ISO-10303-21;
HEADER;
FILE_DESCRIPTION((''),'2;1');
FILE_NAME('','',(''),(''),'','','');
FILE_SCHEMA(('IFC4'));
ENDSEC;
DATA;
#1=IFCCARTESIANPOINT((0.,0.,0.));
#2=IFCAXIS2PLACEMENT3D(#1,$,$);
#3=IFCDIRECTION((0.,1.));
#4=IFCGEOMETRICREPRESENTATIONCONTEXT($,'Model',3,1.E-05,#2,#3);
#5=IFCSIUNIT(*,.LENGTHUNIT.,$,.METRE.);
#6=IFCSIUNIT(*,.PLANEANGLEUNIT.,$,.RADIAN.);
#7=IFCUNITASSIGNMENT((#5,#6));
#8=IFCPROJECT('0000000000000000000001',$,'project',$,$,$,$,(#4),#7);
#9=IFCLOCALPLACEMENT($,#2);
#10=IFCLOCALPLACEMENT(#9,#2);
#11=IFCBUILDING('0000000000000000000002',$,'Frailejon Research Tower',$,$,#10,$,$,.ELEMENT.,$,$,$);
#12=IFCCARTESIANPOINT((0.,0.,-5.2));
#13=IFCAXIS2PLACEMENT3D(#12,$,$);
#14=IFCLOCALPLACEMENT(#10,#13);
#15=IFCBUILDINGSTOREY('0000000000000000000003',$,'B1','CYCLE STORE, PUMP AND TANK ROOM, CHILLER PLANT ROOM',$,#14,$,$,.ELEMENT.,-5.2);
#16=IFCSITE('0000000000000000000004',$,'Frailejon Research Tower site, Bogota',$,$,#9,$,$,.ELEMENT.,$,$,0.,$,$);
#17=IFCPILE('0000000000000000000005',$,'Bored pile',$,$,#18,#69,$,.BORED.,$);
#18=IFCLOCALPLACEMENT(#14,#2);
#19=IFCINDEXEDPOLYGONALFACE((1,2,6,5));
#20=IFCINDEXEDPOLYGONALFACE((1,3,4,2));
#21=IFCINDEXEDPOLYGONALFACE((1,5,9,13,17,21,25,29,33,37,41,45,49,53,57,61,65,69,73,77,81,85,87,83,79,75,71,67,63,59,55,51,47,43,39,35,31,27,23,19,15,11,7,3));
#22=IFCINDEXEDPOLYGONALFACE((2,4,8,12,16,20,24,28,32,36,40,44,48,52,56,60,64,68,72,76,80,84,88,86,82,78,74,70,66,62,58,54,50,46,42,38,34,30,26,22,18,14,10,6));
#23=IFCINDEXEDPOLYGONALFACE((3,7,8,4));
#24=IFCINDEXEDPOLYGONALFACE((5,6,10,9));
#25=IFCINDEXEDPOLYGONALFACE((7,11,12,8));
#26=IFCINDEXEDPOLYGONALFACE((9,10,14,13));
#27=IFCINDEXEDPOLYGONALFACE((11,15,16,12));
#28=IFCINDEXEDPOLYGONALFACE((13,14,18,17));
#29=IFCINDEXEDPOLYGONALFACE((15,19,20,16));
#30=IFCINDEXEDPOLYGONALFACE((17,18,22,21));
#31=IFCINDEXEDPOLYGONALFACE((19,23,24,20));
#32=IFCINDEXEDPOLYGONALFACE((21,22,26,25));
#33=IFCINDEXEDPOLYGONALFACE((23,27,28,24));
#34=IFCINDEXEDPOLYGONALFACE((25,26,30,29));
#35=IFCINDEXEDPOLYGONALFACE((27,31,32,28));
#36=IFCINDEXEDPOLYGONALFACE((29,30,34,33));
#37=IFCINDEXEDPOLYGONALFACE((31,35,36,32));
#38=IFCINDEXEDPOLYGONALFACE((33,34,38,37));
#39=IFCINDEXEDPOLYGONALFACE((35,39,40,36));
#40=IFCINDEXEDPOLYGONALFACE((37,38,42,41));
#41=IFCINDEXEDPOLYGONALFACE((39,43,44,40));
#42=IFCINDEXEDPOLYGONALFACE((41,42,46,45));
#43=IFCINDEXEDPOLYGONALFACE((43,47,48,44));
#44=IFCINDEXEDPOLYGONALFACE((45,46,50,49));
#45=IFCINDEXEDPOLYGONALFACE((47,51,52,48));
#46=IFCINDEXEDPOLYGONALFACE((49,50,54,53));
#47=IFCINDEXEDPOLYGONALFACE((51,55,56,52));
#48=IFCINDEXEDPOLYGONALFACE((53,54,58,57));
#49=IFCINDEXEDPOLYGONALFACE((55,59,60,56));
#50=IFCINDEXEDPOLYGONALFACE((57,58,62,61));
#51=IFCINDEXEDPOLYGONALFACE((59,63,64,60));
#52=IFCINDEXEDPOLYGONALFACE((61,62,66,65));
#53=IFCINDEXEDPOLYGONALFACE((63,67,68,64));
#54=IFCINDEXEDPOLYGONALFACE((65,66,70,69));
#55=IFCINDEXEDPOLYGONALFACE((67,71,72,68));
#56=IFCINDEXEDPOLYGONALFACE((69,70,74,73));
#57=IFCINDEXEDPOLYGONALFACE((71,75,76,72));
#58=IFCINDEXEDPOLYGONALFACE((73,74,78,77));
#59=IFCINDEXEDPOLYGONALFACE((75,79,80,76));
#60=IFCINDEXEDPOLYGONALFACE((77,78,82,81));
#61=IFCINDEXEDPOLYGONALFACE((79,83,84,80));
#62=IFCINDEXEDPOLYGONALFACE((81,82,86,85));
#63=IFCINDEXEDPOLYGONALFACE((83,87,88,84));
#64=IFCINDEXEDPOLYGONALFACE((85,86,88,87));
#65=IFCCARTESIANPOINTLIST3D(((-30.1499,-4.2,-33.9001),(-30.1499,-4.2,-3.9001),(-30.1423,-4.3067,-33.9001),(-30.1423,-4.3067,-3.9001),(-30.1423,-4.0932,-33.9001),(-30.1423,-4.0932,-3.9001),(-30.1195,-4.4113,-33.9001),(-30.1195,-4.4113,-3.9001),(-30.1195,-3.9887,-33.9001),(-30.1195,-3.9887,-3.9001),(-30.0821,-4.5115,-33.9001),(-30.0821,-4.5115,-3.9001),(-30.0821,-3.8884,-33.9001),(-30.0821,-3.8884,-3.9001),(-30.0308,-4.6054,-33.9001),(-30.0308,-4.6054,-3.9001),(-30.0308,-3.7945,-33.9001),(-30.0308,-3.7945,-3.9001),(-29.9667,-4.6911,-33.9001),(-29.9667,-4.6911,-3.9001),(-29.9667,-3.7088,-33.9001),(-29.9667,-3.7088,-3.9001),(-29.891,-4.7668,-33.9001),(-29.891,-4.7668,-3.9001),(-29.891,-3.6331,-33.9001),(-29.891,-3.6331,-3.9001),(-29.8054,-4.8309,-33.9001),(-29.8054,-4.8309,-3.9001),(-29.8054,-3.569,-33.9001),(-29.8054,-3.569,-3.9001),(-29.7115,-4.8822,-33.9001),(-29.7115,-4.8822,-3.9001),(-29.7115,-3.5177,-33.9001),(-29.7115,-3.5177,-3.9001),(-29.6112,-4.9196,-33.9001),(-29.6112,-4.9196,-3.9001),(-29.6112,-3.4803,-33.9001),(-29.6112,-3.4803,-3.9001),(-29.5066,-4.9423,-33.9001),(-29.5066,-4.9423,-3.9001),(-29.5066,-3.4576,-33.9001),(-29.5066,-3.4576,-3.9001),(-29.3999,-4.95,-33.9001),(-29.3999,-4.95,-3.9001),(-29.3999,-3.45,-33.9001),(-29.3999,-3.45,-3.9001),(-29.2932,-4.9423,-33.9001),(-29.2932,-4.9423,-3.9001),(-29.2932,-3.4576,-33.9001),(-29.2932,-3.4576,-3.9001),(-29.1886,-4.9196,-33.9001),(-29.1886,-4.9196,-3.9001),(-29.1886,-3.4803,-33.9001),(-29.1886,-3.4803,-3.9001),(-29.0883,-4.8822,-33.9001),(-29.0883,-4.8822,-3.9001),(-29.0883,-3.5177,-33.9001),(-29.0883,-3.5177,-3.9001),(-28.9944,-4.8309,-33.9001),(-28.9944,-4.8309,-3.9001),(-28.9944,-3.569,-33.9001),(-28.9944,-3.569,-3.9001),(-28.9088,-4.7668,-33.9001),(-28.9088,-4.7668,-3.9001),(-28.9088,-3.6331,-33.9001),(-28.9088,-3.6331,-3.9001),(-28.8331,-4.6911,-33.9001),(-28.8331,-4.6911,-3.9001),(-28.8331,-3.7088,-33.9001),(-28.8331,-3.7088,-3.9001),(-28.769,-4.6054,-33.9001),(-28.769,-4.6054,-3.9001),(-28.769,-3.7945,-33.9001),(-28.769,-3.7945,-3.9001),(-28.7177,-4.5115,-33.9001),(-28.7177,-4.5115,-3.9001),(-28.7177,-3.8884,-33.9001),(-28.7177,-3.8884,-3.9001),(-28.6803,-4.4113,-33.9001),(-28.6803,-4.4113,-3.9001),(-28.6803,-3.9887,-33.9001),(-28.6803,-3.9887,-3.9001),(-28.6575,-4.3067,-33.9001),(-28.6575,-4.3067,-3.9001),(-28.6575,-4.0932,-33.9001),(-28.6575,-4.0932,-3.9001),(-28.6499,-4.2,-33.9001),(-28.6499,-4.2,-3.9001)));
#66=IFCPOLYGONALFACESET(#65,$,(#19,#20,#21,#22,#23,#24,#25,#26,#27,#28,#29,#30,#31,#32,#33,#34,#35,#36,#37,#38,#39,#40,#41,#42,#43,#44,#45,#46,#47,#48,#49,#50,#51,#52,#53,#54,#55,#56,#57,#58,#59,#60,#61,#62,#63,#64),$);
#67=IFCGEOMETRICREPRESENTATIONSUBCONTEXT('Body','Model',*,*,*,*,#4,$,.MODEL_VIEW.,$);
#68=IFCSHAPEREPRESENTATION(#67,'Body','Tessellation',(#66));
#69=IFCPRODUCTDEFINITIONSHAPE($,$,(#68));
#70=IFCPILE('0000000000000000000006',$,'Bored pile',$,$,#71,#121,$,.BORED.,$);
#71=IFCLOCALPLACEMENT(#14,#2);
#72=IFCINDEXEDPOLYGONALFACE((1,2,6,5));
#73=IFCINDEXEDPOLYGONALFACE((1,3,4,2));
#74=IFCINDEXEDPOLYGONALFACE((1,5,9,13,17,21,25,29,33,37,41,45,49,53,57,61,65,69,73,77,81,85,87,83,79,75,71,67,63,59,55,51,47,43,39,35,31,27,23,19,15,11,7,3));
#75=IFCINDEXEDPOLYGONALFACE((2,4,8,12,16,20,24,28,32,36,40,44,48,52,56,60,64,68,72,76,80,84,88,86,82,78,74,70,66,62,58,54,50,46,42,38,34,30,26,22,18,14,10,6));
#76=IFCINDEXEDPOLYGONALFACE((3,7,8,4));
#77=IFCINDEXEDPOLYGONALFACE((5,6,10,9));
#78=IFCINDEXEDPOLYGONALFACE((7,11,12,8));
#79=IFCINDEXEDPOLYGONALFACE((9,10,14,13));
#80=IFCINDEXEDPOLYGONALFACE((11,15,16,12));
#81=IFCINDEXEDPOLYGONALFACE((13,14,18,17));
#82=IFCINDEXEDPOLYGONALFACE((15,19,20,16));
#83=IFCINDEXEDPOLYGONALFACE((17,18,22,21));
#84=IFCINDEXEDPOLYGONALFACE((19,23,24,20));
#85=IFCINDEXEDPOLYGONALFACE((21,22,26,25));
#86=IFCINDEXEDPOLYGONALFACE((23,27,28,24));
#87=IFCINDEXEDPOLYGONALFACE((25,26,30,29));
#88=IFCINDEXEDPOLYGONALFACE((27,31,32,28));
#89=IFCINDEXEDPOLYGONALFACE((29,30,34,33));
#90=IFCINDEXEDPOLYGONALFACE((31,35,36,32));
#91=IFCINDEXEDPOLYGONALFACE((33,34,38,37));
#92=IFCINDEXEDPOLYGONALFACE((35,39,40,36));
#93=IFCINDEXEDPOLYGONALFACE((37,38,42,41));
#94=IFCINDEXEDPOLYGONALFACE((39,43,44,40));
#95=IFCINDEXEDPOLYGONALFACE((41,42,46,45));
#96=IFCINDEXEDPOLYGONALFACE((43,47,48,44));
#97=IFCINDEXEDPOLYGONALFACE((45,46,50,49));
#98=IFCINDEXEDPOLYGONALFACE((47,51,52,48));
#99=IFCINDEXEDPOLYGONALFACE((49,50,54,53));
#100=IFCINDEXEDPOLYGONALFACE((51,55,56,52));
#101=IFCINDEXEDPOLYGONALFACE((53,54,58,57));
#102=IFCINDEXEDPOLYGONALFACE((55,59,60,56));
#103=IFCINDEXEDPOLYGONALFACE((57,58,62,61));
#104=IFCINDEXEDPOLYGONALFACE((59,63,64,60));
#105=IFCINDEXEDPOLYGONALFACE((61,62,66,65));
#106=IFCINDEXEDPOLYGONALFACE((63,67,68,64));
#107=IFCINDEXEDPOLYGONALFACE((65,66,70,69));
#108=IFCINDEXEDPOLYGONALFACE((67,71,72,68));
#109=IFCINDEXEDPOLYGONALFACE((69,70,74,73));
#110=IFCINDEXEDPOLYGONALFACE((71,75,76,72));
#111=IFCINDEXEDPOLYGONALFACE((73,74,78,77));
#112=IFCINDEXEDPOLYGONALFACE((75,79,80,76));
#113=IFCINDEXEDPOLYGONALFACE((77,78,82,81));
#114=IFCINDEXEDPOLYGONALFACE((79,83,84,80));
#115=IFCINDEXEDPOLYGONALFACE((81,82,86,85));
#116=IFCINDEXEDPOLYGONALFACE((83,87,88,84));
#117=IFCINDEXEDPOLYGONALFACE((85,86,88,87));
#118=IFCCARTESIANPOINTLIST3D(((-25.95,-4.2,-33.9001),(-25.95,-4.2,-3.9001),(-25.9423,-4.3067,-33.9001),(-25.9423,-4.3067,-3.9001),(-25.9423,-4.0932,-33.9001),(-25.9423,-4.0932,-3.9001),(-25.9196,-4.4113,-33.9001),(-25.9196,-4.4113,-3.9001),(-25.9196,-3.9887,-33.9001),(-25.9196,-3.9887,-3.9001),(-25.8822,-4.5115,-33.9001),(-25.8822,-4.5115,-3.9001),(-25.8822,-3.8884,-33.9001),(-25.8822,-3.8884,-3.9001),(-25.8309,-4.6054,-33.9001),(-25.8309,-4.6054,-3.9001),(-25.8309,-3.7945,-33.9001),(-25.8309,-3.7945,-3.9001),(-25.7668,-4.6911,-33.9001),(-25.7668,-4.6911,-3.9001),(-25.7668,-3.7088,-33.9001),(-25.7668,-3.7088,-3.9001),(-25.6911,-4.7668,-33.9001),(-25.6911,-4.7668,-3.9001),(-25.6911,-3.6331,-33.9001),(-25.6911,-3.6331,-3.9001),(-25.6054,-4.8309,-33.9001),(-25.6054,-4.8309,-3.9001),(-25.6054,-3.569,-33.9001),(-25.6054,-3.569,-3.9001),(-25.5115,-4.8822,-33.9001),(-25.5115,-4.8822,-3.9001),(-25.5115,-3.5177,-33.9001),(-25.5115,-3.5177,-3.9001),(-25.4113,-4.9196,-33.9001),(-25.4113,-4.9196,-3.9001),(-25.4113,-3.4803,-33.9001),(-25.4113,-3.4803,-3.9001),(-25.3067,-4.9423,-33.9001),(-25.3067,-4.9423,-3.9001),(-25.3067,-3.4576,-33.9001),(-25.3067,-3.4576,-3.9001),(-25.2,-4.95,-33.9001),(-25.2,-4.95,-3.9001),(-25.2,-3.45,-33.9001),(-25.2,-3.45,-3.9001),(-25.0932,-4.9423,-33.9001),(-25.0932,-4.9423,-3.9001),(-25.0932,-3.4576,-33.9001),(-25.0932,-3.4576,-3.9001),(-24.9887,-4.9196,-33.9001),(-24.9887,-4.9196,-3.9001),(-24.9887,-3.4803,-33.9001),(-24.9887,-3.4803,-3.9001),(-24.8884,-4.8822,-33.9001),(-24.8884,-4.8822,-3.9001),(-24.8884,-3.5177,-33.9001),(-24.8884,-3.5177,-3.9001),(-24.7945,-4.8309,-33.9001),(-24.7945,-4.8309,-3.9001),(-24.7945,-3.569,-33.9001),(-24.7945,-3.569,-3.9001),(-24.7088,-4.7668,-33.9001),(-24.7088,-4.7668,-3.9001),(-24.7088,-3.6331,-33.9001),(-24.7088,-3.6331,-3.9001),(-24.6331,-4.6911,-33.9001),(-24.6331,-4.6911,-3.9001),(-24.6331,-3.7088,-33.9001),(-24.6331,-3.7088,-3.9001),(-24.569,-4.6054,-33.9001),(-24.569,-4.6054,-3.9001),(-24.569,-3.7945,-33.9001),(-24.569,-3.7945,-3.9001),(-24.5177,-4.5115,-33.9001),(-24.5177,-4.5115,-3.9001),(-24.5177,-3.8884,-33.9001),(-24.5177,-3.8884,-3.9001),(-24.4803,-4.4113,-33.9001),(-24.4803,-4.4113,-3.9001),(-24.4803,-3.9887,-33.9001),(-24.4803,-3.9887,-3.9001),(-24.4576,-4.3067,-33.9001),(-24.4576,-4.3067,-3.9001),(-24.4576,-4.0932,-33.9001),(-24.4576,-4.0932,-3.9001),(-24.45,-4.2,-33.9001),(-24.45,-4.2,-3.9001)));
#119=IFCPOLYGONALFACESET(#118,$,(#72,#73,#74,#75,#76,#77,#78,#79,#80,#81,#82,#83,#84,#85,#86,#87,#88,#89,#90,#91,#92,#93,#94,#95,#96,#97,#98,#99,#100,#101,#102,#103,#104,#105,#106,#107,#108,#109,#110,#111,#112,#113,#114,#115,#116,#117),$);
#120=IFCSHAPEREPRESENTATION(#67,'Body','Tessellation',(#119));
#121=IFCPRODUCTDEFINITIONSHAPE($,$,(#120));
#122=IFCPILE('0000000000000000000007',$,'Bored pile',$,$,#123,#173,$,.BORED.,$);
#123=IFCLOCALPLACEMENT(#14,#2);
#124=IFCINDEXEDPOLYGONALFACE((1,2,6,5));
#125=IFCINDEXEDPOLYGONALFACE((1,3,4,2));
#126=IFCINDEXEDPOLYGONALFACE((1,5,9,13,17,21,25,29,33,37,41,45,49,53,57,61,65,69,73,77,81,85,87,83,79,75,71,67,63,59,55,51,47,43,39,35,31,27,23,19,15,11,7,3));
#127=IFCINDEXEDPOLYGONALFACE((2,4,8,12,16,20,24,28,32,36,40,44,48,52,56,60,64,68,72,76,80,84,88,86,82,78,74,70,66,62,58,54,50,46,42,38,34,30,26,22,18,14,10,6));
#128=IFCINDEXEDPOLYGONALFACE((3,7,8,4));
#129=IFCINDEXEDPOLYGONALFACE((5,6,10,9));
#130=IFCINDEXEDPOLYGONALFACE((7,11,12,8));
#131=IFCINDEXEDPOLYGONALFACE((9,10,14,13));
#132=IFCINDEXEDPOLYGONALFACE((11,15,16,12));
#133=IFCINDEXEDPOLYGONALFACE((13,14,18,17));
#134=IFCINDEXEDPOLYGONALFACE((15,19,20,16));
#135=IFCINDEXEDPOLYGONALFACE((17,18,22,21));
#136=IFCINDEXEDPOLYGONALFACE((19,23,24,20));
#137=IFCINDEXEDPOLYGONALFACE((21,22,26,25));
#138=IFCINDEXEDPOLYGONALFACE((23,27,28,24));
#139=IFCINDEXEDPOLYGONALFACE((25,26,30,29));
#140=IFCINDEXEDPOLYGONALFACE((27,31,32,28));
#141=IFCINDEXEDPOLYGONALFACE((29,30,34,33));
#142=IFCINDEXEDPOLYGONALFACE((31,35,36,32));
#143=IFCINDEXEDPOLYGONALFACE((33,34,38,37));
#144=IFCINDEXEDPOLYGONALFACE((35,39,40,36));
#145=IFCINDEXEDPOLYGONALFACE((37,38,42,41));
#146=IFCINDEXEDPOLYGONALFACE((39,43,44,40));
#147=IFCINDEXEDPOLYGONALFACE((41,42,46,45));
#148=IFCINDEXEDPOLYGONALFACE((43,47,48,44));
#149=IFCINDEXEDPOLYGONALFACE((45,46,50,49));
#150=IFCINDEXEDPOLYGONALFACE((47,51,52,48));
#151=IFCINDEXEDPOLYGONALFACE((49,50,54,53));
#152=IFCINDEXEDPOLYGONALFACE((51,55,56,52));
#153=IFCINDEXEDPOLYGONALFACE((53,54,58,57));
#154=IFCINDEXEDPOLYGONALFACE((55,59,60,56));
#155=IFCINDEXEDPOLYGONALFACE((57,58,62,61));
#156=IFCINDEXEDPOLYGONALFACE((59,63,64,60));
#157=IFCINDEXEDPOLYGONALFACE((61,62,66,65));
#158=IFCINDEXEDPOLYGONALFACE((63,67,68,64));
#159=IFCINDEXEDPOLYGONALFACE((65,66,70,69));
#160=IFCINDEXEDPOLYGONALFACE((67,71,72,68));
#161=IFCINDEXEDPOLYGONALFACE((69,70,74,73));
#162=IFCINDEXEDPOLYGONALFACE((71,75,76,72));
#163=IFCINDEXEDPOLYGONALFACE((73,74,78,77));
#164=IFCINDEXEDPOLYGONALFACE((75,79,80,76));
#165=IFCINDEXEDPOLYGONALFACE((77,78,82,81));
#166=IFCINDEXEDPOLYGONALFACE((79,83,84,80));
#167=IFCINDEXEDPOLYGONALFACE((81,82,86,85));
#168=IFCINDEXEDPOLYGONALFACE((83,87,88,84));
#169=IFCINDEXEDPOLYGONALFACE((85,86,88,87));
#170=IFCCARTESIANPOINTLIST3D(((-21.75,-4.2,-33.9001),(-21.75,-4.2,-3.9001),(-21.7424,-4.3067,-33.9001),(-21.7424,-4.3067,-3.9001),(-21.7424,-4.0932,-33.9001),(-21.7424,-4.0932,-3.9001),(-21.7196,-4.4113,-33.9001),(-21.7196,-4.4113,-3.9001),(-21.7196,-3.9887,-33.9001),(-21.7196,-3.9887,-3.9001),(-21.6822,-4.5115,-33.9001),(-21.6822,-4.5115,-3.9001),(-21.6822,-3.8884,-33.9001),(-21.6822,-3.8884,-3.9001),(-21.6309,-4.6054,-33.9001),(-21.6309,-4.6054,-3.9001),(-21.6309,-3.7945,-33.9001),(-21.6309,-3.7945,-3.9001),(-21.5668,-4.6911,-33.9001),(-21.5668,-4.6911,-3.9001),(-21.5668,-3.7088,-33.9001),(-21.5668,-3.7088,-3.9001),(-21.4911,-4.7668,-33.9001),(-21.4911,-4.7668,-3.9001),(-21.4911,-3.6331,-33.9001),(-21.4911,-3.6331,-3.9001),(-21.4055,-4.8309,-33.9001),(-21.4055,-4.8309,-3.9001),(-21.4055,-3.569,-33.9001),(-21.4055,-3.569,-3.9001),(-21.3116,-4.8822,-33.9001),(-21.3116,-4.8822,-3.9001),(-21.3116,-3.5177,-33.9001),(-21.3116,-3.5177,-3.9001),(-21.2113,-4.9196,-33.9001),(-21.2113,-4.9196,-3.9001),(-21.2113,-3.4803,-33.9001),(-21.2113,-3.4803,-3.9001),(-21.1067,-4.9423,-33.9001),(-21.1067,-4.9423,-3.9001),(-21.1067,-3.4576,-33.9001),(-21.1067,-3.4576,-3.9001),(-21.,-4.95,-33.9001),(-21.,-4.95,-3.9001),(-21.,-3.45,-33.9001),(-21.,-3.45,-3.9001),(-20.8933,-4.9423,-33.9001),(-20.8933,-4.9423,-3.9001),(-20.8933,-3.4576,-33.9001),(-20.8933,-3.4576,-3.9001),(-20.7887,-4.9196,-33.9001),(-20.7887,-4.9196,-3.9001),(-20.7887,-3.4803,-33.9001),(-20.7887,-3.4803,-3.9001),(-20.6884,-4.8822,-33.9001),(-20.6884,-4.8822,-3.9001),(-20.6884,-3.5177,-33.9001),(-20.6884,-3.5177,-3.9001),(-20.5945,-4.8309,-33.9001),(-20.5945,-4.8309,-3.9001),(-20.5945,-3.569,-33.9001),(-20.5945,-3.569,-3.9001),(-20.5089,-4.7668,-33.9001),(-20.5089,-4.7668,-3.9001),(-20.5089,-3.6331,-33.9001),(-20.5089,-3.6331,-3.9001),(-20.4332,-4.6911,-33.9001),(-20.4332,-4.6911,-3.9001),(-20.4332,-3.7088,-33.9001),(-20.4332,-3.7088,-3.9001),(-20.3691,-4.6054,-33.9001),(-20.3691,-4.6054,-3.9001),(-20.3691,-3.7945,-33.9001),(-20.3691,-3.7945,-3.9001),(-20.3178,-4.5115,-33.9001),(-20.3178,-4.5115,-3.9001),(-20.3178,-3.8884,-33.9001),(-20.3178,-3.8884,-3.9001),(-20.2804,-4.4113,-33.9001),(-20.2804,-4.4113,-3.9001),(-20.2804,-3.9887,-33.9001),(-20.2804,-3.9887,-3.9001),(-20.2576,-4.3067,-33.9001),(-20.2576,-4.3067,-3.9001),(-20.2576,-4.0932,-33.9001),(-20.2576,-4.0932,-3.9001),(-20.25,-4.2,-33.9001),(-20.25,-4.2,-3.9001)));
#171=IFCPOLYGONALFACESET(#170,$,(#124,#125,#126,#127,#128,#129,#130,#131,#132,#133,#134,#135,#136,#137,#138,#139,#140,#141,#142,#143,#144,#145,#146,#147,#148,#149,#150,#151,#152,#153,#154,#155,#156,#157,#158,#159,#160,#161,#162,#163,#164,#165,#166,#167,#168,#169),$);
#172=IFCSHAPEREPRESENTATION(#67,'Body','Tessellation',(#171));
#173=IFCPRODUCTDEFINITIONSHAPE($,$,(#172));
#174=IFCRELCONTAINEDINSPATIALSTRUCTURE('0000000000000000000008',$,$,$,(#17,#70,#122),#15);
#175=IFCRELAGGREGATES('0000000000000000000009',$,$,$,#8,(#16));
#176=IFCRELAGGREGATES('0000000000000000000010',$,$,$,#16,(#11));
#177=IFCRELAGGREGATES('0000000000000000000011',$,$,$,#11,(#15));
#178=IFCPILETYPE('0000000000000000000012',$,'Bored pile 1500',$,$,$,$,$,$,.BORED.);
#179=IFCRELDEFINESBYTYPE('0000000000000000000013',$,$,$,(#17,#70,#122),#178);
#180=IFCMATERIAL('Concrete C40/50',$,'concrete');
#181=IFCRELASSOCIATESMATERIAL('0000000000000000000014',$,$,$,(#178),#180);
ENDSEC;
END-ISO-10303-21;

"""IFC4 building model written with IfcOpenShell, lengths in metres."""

from ifc_helpers import new_model, si_unit, direction, frame, origin, origin_2d, place, context, subcontext, project, spatial, circle, extrude, material, material_profile, profile_set, type_object, element, save


model = new_model("IFC4")

# Units and contexts
model_context = context("Model", 3, precision=1e-05, world=origin(), true_north=direction((0.0, 1.0)))
body_context = subcontext(model_context, "Body", "Model", "MODEL_VIEW")
ifc_project = project(units=[si_unit("LENGTHUNIT", "METRE"), si_unit("PLANEANGLEUNIT", "RADIAN")], contexts=[model_context])

# Site, building, storey
site_placement = place(None, origin())
site = spatial("IfcSite", under=ifc_project, at=site_placement, Name="Frailejon Research Tower site, Bogota", CompositionType="ELEMENT", RefElevation=0.0)
building_placement = place(site_placement, origin())
building = spatial("IfcBuilding", under=site, at=building_placement, Name="Frailejon Research Tower", CompositionType="ELEMENT")
storey_placement = place(building_placement, frame((0.0, 0.0, -5.2)))
storey = spatial("IfcBuildingStorey", under=building, at=storey_placement, Name="B1", Description="CYCLE STORE, PUMP AND TANK ROOM, CHILLER PLANT ROOM", CompositionType="ELEMENT", Elevation=-5.2)

# Piles
ifc_material_1 = material(Name="Concrete C40/50", Category="concrete")
ifc_material_profile_1 = material_profile(ifc_material_1, circle(Radius=0.75, at=origin_2d()), Name="Bored pile 1500")
ifc_profile_set_1 = profile_set([ifc_material_profile_1], Name="Concrete C40/50")
pile_type = type_object("IfcPileType", Name="Bored pile 1500", PredefinedType="BORED", material=ifc_profile_set_1)
for number, where, z_axis, x_axis, name in (
    (1, (-29.3999, -4.2, -3.9001), (0.0, 0.0, -1.0), (1.0, 0.0, 0.0), "Bored pile"),
    (2, (-25.2, -4.2, -3.9001), (0.0, 0.0, -1.0), (1.0, 0.0, 0.0), "Bored pile"),
    (3, (-21.0, -4.2, -3.9001), (0.0, 0.0, -1.0), (1.0, 0.0, 0.0), "Bored pile"),
):
    element("IfcPile", number, at=place(storey_placement, frame(where, z_axis=z_axis, x_axis=x_axis)), inside=storey, type_object=pile_type, Name=name, PredefinedType="BORED", context=body_context, shape_type="SweptSolid", body=[
        extrude(circle(Radius=0.75, at=origin_2d()), origin(), (0.0, 0.0, 1.0), 30.0),
    ])

save(model, "model.ifc")
